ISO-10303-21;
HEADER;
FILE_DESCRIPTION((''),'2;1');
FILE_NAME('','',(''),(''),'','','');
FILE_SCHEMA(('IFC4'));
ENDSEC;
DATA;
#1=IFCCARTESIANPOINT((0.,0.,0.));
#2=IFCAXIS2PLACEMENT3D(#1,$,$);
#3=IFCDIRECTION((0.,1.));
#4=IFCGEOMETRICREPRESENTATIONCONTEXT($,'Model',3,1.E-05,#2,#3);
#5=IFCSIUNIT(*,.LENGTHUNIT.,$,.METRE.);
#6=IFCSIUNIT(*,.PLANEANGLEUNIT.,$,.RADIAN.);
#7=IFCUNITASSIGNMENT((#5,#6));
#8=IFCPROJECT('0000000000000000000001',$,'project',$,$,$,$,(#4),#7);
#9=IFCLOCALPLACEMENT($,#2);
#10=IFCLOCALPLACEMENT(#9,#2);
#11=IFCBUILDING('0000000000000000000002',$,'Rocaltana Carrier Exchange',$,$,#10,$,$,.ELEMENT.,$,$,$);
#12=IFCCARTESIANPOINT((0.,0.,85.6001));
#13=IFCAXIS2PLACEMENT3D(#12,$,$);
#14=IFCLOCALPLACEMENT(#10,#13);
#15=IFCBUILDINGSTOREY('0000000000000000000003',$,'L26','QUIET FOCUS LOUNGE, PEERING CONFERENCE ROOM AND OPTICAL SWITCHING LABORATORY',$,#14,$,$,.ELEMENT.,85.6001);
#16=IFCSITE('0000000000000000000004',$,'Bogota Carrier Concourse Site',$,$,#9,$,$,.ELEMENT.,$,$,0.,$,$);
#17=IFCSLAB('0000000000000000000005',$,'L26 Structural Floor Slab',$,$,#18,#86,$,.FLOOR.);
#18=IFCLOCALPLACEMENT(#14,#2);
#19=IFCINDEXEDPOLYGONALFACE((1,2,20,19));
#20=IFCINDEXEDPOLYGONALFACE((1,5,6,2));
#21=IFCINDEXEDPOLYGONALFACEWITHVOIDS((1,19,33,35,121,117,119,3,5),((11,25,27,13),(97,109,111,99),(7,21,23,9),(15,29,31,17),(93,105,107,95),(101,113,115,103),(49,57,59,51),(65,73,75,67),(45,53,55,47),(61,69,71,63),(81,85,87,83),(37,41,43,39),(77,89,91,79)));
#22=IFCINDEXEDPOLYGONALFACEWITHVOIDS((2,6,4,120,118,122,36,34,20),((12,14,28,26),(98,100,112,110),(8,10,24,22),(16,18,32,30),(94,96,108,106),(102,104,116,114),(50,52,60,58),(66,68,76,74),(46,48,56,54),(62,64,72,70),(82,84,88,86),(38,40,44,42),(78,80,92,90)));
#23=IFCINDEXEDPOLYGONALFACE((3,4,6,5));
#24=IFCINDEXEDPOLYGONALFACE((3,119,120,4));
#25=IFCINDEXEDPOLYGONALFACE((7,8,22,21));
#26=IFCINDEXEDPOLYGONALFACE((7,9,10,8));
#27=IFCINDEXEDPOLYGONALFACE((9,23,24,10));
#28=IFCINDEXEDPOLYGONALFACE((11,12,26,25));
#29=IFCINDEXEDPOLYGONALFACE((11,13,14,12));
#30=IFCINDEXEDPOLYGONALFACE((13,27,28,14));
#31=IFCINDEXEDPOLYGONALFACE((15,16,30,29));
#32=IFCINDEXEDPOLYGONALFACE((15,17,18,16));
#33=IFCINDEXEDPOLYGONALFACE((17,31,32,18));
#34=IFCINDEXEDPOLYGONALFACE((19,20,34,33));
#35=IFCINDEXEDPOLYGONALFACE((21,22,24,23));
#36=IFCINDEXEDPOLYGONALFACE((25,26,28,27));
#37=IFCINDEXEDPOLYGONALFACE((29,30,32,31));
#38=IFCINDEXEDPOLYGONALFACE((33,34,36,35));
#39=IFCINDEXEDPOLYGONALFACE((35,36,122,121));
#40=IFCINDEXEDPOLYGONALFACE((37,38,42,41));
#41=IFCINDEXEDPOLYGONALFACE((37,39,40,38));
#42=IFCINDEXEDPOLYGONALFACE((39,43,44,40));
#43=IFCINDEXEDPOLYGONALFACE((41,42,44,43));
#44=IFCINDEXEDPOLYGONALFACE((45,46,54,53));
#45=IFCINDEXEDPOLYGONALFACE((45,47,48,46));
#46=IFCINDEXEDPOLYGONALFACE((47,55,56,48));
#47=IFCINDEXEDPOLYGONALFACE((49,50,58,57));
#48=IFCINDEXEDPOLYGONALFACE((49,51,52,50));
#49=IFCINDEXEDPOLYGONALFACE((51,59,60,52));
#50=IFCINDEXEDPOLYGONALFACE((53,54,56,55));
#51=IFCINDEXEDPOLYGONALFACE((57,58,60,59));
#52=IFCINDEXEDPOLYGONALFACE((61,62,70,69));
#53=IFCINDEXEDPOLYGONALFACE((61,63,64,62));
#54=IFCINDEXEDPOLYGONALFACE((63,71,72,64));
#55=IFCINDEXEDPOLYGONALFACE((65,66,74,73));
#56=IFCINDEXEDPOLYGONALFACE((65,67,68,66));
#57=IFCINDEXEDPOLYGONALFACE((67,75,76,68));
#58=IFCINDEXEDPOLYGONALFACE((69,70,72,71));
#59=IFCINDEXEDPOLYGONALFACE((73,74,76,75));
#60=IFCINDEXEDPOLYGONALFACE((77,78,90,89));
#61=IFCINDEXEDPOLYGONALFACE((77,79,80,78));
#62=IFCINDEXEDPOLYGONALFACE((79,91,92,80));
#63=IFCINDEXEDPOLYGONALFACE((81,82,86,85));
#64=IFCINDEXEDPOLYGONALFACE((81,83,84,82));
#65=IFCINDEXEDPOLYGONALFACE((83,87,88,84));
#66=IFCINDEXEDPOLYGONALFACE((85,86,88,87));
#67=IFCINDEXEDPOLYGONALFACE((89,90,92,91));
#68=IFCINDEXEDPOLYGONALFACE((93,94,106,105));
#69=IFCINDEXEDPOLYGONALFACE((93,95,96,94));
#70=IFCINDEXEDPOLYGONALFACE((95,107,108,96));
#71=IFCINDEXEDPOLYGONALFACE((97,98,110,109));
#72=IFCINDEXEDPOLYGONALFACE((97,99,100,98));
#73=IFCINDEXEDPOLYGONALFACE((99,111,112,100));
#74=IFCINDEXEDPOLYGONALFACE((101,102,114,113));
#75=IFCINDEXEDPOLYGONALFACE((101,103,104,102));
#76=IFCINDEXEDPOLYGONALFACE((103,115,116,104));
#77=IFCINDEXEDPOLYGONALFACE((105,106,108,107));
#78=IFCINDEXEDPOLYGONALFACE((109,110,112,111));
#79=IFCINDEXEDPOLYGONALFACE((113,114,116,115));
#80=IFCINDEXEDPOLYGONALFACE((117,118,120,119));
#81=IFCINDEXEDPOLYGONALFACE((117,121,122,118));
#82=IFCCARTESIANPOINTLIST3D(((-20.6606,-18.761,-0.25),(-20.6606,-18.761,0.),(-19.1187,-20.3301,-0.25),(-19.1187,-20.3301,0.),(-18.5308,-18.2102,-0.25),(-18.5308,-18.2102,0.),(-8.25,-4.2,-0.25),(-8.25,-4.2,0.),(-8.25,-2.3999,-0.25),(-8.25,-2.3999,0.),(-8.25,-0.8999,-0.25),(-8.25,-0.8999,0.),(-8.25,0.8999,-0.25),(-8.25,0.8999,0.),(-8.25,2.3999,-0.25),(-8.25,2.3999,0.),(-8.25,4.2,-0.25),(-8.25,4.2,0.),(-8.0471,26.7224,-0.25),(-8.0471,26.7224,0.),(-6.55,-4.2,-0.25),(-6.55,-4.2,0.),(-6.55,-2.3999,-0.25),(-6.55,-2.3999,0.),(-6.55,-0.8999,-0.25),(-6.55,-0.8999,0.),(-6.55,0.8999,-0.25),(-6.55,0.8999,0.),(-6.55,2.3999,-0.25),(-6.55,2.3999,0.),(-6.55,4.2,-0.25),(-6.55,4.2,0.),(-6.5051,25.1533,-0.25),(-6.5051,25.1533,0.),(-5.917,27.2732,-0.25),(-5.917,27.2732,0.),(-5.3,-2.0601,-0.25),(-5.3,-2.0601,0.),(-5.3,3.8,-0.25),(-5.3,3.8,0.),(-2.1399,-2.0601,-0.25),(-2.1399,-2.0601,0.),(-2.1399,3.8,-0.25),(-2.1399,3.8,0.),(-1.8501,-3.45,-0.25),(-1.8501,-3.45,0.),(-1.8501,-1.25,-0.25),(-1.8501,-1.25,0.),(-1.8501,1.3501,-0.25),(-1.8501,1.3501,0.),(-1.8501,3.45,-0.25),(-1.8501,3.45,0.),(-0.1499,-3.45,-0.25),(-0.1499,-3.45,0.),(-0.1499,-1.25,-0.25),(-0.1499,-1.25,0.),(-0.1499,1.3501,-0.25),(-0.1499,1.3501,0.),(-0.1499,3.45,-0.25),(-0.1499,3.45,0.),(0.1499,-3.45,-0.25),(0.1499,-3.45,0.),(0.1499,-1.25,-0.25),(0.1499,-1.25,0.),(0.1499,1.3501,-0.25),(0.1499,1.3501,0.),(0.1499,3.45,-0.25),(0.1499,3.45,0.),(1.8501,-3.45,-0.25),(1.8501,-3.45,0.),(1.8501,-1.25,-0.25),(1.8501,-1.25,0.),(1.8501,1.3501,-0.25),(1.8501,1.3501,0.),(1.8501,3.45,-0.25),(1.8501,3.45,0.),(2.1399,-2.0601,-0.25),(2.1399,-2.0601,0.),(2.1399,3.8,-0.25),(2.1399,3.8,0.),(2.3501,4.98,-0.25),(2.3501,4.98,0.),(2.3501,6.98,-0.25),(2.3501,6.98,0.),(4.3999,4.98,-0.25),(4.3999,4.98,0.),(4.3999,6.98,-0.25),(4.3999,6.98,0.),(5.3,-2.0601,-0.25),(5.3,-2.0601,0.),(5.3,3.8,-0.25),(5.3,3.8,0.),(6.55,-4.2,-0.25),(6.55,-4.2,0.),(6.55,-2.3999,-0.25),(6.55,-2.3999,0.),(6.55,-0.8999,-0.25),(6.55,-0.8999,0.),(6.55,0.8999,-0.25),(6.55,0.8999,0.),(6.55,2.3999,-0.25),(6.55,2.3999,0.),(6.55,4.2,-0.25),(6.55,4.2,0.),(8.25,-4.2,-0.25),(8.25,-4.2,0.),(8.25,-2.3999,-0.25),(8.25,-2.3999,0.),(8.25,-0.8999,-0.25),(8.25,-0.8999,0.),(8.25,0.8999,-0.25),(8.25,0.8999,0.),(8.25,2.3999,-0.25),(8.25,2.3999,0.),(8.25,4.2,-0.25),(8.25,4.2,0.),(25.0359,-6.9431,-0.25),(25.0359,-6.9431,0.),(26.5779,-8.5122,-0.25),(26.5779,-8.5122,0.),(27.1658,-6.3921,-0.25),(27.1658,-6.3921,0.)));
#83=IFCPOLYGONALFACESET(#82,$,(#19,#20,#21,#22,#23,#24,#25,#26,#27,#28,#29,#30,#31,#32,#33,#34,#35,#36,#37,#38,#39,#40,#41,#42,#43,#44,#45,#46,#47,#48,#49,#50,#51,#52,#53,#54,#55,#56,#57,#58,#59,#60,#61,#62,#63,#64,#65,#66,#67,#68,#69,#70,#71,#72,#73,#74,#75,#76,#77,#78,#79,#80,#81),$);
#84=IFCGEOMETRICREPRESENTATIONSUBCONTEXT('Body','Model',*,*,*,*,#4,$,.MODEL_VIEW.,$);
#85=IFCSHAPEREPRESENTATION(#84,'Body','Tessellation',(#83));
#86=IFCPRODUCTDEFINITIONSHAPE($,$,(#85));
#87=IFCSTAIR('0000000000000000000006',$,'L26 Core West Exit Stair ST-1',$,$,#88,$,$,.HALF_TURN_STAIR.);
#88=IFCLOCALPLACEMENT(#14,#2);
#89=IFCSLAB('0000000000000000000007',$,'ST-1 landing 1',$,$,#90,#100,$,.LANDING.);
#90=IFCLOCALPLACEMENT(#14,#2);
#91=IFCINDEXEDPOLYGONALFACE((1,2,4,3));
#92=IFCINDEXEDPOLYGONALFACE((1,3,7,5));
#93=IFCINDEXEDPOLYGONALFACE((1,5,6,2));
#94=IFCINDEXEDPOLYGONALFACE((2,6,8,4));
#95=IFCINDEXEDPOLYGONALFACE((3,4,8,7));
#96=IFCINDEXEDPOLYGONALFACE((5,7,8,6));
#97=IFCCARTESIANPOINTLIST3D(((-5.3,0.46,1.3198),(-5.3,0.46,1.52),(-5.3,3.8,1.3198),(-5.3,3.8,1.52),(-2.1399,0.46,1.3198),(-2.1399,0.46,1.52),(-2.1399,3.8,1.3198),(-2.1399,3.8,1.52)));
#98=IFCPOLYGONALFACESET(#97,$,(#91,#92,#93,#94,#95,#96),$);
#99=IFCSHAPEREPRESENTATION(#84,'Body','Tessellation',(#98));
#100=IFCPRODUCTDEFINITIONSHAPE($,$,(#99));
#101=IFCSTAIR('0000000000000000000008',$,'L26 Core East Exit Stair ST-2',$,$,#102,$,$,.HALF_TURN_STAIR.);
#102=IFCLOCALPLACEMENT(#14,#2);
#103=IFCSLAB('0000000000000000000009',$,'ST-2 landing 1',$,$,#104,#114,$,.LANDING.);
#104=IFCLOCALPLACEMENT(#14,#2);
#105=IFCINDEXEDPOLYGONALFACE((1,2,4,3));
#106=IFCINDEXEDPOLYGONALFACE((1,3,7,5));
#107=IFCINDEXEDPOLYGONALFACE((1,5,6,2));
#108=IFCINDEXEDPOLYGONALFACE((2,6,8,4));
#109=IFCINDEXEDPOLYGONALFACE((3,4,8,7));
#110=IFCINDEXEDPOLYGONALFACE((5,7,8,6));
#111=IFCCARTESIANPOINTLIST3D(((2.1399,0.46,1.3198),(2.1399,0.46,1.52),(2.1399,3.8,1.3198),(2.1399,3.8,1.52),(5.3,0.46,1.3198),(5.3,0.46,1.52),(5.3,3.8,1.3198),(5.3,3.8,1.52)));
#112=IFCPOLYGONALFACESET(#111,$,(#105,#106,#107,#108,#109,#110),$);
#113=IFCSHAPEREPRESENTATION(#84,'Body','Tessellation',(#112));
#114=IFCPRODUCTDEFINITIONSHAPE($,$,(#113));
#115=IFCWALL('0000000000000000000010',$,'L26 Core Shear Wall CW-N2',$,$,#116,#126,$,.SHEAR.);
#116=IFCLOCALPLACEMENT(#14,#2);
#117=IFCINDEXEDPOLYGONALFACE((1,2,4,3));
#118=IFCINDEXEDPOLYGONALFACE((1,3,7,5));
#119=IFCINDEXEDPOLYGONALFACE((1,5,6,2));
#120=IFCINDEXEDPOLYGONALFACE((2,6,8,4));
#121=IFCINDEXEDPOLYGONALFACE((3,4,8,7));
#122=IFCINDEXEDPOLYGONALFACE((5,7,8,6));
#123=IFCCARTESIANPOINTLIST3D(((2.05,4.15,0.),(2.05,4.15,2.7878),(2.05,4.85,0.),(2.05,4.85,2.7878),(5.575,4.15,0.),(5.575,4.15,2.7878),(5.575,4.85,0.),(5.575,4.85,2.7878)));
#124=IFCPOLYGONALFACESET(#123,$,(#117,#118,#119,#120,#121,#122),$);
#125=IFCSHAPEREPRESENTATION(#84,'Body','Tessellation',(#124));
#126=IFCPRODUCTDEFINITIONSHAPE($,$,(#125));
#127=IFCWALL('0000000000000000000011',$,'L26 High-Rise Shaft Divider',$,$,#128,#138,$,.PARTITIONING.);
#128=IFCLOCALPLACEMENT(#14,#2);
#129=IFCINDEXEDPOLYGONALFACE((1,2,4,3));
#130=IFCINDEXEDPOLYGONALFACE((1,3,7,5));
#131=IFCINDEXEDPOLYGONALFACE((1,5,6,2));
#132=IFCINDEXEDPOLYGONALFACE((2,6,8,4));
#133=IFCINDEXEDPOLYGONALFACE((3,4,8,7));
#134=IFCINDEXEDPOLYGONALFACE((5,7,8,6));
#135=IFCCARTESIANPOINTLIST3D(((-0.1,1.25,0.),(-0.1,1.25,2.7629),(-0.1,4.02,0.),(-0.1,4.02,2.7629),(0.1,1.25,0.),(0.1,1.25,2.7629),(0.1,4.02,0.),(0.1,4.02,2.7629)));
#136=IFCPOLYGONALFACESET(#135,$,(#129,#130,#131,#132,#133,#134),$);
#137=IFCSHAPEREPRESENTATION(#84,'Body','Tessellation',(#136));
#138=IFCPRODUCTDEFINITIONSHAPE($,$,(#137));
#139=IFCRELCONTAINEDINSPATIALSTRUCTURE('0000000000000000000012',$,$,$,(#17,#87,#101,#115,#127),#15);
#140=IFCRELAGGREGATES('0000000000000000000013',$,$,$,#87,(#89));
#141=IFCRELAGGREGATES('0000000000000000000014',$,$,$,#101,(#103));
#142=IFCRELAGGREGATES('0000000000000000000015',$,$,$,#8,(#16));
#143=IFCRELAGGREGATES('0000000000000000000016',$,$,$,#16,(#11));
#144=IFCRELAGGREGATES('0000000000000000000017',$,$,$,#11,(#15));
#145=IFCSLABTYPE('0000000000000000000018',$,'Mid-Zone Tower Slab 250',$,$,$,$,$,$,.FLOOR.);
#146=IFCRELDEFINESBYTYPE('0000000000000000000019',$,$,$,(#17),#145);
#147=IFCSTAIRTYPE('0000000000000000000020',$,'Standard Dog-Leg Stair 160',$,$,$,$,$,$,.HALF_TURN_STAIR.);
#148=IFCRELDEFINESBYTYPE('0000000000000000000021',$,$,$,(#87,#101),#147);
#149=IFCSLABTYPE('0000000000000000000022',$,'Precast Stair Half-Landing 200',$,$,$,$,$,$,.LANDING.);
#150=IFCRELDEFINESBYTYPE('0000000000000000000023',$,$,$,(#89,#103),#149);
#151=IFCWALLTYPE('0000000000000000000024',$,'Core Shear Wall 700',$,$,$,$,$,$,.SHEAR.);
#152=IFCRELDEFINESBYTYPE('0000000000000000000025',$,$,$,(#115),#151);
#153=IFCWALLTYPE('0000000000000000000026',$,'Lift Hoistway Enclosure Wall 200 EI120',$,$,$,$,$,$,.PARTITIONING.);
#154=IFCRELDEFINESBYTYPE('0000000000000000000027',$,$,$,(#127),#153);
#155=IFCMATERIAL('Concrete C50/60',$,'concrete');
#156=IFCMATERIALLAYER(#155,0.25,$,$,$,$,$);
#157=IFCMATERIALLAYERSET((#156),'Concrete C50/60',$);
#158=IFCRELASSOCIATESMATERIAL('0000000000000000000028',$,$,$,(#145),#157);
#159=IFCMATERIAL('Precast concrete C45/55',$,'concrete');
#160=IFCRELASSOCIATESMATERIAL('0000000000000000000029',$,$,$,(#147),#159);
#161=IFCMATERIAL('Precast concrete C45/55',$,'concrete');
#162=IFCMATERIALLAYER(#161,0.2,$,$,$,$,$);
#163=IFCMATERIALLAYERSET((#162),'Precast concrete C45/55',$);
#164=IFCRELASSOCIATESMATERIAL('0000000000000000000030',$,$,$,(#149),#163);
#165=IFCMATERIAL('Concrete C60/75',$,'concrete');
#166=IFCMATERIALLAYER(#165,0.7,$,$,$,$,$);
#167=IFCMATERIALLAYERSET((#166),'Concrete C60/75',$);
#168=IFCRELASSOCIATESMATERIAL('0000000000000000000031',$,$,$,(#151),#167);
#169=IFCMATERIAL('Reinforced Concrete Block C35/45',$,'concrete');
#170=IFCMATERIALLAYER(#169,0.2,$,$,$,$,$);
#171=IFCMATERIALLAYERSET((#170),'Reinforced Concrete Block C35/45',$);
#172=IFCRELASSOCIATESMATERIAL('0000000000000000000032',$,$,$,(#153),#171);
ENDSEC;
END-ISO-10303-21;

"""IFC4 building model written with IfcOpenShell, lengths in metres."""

from ifc_helpers import new_model, si_unit, direction, frame, frame_2d, origin, place, context, subcontext, project, spatial, polyline, rectangle, outline, extrude, material, layer, layer_set, type_object, element, aggregate, save


model = new_model("IFC4")

# Units and contexts
model_context = context("Model", 3, precision=1e-05, world=origin(), true_north=direction((0.0, 1.0)))
body_context = subcontext(model_context, "Body", "Model", "MODEL_VIEW")
ifc_project = project(units=[si_unit("LENGTHUNIT", "METRE"), si_unit("PLANEANGLEUNIT", "RADIAN")], contexts=[model_context])

# Site, building, storey
site_placement = place(None, origin())
site = spatial("IfcSite", under=ifc_project, at=site_placement, Name="Bogota Carrier Concourse Site", CompositionType="ELEMENT", RefElevation=0.0)
building_placement = place(site_placement, origin())
building = spatial("IfcBuilding", under=site, at=building_placement, Name="Rocaltana Carrier Exchange", CompositionType="ELEMENT")
storey_placement = place(building_placement, frame((0.0, 0.0, 85.6001)))
storey = spatial("IfcBuildingStorey", under=building, at=storey_placement, Name="L26", Description="QUIET FOCUS LOUNGE, PEERING CONFERENCE ROOM AND OPTICAL SWITCHING LABORATORY", CompositionType="ELEMENT", Elevation=85.6001)

# Slab
ifc_material_1 = material(Name="Concrete C50/60", Category="concrete")
ifc_layer_1 = layer(ifc_material_1, 0.25)
ifc_layer_set_1 = layer_set([ifc_layer_1], Name="Concrete C50/60")
slab_type_1 = type_object("IfcSlabType", Name="Mid-Zone Tower Slab 250", PredefinedType="FLOOR", material=ifc_layer_set_1)
slab_1_placement = place(storey_placement, frame((0.0, 0.0, -0.25)))
element("IfcSlab", 1, at=slab_1_placement, inside=storey, type_object=slab_type_1, Name="L26 Structural Floor Slab", PredefinedType="FLOOR", context=body_context, shape_type="SweptSolid", body=[
    extrude(outline(polyline([(26.5779, -8.5122), (25.0359, -6.9431), (27.1658, -6.3921), (-5.917, 27.2732), (-6.5051, 25.1533), (-8.0471, 26.7224), (-20.6606, -18.761), (-18.5308, -18.2102), (-19.1187, -20.3301), (26.5779, -8.5122)]), holes=[polyline([(-5.3, -2.0601), (-2.1399, -2.0601), (-2.1399, 3.8), (-5.3, 3.8), (-5.3, -2.0601)]), polyline([(2.1399, -2.0601), (5.3, -2.0601), (5.3, 3.8), (2.1399, 3.8), (2.1399, -2.0601)]), polyline([(-1.8501, -3.45), (-0.1499, -3.45), (-0.1499, -1.25), (-1.8501, -1.25), (-1.8501, -3.45)]), polyline([(0.1499, -3.45), (1.8501, -3.45), (1.8501, -1.25), (0.1499, -1.25), (0.1499, -3.45)]), polyline([(2.3501, 4.98), (4.3999, 4.98), (4.3999, 6.98), (2.3501, 6.98), (2.3501, 4.98)]), polyline([(-1.8501, 1.3501), (-0.1499, 1.3501), (-0.1499, 3.45), (-1.8501, 3.45), (-1.8501, 1.3501)]), polyline([(0.1499, 1.3501), (1.8501, 1.3501), (1.8501, 3.45), (0.1499, 3.45), (0.1499, 1.3501)]), polyline([(-8.25, -4.2), (-6.55, -4.2), (-6.55, -2.3999), (-8.25, -2.3999), (-8.25, -4.2)]), polyline([(-8.25, -0.8999), (-6.55, -0.8999), (-6.55, 0.8999), (-8.25, 0.8999), (-8.25, -0.8999)]), polyline([(-8.25, 2.3999), (-6.55, 2.3999), (-6.55, 4.2), (-8.25, 4.2), (-8.25, 2.3999)]), polyline([(6.55, -4.2), (8.25, -4.2), (8.25, -2.3999), (6.55, -2.3999), (6.55, -4.2)]), polyline([(6.55, -0.8999), (8.25, -0.8999), (8.25, 0.8999), (6.55, 0.8999), (6.55, -0.8999)]), polyline([(6.55, 2.3999), (8.25, 2.3999), (8.25, 4.2), (6.55, 4.2), (6.55, 2.3999)])]), origin(), (0.0, 0.0, 1.0), 0.25),
])

# Stairs, slabs
ifc_material_2 = material(Name="Precast concrete C45/55", Category="concrete")
stair_type = type_object("IfcStairType", Name="Standard Dog-Leg Stair 160", PredefinedType="HALF_TURN_STAIR", material=ifc_material_2)
stair_1_placement = place(storey_placement, origin())
stair_1 = element("IfcStair", 2, at=stair_1_placement, inside=storey, type_object=stair_type, Name="L26 Core West Exit Stair ST-1", PredefinedType="HALF_TURN_STAIR")
ifc_material_3 = material(Name="Precast concrete C45/55", Category="concrete")
ifc_layer_2 = layer(ifc_material_3, 0.2)
ifc_layer_set_2 = layer_set([ifc_layer_2], Name="Precast concrete C45/55")
slab_type_2 = type_object("IfcSlabType", Name="Precast Stair Half-Landing 200", PredefinedType="LANDING", material=ifc_layer_set_2)
slab_2_placement = place(storey_placement, frame((0.0, 0.0, 1.3198)))
slab_2 = element("IfcSlab", 3, at=slab_2_placement, type_object=slab_type_2, Name="ST-1 landing 1", PredefinedType="LANDING", context=body_context, shape_type="SweptSolid", body=[
    extrude(outline(polyline([(-2.1399, 0.46), (-2.1399, 3.8), (-5.3, 3.8), (-5.3, 0.46), (-2.1399, 0.46)])), origin(), (0.0, 0.0, 1.0), 0.2002),
])
aggregate(stair_1, [slab_2])
stair_2_placement = place(storey_placement, origin())
stair_2 = element("IfcStair", 4, at=stair_2_placement, inside=storey, type_object=stair_type, Name="L26 Core East Exit Stair ST-2", PredefinedType="HALF_TURN_STAIR")
slab_3_placement = place(storey_placement, frame((0.0, 0.0, 1.3198)))
slab_3 = element("IfcSlab", 5, at=slab_3_placement, type_object=slab_type_2, Name="ST-2 landing 1", PredefinedType="LANDING", context=body_context, shape_type="SweptSolid", body=[
    extrude(outline(polyline([(5.3, 0.46), (5.3, 3.8), (2.1399, 3.8), (2.1399, 0.46), (5.3, 0.46)])), origin(), (0.0, 0.0, 1.0), 0.2002),
])
aggregate(stair_2, [slab_3])

# Walls
ifc_material_4 = material(Name="Concrete C60/75", Category="concrete")
ifc_layer_3 = layer(ifc_material_4, 0.7)
ifc_layer_set_3 = layer_set([ifc_layer_3], Name="Concrete C60/75")
wall_type_1 = type_object("IfcWallType", Name="Core Shear Wall 700", PredefinedType="SHEAR", material=ifc_layer_set_3)
wall_1_placement = place(storey_placement, frame((2.05, 4.5, 0.0), z_axis=(0.0, 0.0, 1.0), x_axis=(1.0, 0.0, 0.0)))
element("IfcWall", 6, at=wall_1_placement, inside=storey, type_object=wall_type_1, Name="L26 Core Shear Wall CW-N2", PredefinedType="SHEAR", context=body_context, shape_type="SweptSolid", body=[
    extrude(rectangle(XDim=3.5249, YDim=0.7, at=frame_2d((1.7625, 0.0))), origin(), (0.0, 0.0, 1.0), 2.7878),
])
ifc_material_5 = material(Name="Reinforced Concrete Block C35/45", Category="concrete")
ifc_layer_4 = layer(ifc_material_5, 0.2)
ifc_layer_set_4 = layer_set([ifc_layer_4], Name="Reinforced Concrete Block C35/45")
wall_type_2 = type_object("IfcWallType", Name="Lift Hoistway Enclosure Wall 200 EI120", PredefinedType="PARTITIONING", material=ifc_layer_set_4)
wall_2_placement = place(storey_placement, frame((0.0, 1.25, 0.0), z_axis=(0.0, 0.0, 1.0), x_axis=(0.0, 1.0, 0.0)))
element("IfcWall", 7, at=wall_2_placement, inside=storey, type_object=wall_type_2, Name="L26 High-Rise Shaft Divider", PredefinedType="PARTITIONING", context=body_context, shape_type="SweptSolid", body=[
    extrude(rectangle(XDim=2.77, YDim=0.2, at=frame_2d((1.385, 0.0))), origin(), (0.0, 0.0, 1.0), 2.7629),
])

save(model, "model.ifc")
